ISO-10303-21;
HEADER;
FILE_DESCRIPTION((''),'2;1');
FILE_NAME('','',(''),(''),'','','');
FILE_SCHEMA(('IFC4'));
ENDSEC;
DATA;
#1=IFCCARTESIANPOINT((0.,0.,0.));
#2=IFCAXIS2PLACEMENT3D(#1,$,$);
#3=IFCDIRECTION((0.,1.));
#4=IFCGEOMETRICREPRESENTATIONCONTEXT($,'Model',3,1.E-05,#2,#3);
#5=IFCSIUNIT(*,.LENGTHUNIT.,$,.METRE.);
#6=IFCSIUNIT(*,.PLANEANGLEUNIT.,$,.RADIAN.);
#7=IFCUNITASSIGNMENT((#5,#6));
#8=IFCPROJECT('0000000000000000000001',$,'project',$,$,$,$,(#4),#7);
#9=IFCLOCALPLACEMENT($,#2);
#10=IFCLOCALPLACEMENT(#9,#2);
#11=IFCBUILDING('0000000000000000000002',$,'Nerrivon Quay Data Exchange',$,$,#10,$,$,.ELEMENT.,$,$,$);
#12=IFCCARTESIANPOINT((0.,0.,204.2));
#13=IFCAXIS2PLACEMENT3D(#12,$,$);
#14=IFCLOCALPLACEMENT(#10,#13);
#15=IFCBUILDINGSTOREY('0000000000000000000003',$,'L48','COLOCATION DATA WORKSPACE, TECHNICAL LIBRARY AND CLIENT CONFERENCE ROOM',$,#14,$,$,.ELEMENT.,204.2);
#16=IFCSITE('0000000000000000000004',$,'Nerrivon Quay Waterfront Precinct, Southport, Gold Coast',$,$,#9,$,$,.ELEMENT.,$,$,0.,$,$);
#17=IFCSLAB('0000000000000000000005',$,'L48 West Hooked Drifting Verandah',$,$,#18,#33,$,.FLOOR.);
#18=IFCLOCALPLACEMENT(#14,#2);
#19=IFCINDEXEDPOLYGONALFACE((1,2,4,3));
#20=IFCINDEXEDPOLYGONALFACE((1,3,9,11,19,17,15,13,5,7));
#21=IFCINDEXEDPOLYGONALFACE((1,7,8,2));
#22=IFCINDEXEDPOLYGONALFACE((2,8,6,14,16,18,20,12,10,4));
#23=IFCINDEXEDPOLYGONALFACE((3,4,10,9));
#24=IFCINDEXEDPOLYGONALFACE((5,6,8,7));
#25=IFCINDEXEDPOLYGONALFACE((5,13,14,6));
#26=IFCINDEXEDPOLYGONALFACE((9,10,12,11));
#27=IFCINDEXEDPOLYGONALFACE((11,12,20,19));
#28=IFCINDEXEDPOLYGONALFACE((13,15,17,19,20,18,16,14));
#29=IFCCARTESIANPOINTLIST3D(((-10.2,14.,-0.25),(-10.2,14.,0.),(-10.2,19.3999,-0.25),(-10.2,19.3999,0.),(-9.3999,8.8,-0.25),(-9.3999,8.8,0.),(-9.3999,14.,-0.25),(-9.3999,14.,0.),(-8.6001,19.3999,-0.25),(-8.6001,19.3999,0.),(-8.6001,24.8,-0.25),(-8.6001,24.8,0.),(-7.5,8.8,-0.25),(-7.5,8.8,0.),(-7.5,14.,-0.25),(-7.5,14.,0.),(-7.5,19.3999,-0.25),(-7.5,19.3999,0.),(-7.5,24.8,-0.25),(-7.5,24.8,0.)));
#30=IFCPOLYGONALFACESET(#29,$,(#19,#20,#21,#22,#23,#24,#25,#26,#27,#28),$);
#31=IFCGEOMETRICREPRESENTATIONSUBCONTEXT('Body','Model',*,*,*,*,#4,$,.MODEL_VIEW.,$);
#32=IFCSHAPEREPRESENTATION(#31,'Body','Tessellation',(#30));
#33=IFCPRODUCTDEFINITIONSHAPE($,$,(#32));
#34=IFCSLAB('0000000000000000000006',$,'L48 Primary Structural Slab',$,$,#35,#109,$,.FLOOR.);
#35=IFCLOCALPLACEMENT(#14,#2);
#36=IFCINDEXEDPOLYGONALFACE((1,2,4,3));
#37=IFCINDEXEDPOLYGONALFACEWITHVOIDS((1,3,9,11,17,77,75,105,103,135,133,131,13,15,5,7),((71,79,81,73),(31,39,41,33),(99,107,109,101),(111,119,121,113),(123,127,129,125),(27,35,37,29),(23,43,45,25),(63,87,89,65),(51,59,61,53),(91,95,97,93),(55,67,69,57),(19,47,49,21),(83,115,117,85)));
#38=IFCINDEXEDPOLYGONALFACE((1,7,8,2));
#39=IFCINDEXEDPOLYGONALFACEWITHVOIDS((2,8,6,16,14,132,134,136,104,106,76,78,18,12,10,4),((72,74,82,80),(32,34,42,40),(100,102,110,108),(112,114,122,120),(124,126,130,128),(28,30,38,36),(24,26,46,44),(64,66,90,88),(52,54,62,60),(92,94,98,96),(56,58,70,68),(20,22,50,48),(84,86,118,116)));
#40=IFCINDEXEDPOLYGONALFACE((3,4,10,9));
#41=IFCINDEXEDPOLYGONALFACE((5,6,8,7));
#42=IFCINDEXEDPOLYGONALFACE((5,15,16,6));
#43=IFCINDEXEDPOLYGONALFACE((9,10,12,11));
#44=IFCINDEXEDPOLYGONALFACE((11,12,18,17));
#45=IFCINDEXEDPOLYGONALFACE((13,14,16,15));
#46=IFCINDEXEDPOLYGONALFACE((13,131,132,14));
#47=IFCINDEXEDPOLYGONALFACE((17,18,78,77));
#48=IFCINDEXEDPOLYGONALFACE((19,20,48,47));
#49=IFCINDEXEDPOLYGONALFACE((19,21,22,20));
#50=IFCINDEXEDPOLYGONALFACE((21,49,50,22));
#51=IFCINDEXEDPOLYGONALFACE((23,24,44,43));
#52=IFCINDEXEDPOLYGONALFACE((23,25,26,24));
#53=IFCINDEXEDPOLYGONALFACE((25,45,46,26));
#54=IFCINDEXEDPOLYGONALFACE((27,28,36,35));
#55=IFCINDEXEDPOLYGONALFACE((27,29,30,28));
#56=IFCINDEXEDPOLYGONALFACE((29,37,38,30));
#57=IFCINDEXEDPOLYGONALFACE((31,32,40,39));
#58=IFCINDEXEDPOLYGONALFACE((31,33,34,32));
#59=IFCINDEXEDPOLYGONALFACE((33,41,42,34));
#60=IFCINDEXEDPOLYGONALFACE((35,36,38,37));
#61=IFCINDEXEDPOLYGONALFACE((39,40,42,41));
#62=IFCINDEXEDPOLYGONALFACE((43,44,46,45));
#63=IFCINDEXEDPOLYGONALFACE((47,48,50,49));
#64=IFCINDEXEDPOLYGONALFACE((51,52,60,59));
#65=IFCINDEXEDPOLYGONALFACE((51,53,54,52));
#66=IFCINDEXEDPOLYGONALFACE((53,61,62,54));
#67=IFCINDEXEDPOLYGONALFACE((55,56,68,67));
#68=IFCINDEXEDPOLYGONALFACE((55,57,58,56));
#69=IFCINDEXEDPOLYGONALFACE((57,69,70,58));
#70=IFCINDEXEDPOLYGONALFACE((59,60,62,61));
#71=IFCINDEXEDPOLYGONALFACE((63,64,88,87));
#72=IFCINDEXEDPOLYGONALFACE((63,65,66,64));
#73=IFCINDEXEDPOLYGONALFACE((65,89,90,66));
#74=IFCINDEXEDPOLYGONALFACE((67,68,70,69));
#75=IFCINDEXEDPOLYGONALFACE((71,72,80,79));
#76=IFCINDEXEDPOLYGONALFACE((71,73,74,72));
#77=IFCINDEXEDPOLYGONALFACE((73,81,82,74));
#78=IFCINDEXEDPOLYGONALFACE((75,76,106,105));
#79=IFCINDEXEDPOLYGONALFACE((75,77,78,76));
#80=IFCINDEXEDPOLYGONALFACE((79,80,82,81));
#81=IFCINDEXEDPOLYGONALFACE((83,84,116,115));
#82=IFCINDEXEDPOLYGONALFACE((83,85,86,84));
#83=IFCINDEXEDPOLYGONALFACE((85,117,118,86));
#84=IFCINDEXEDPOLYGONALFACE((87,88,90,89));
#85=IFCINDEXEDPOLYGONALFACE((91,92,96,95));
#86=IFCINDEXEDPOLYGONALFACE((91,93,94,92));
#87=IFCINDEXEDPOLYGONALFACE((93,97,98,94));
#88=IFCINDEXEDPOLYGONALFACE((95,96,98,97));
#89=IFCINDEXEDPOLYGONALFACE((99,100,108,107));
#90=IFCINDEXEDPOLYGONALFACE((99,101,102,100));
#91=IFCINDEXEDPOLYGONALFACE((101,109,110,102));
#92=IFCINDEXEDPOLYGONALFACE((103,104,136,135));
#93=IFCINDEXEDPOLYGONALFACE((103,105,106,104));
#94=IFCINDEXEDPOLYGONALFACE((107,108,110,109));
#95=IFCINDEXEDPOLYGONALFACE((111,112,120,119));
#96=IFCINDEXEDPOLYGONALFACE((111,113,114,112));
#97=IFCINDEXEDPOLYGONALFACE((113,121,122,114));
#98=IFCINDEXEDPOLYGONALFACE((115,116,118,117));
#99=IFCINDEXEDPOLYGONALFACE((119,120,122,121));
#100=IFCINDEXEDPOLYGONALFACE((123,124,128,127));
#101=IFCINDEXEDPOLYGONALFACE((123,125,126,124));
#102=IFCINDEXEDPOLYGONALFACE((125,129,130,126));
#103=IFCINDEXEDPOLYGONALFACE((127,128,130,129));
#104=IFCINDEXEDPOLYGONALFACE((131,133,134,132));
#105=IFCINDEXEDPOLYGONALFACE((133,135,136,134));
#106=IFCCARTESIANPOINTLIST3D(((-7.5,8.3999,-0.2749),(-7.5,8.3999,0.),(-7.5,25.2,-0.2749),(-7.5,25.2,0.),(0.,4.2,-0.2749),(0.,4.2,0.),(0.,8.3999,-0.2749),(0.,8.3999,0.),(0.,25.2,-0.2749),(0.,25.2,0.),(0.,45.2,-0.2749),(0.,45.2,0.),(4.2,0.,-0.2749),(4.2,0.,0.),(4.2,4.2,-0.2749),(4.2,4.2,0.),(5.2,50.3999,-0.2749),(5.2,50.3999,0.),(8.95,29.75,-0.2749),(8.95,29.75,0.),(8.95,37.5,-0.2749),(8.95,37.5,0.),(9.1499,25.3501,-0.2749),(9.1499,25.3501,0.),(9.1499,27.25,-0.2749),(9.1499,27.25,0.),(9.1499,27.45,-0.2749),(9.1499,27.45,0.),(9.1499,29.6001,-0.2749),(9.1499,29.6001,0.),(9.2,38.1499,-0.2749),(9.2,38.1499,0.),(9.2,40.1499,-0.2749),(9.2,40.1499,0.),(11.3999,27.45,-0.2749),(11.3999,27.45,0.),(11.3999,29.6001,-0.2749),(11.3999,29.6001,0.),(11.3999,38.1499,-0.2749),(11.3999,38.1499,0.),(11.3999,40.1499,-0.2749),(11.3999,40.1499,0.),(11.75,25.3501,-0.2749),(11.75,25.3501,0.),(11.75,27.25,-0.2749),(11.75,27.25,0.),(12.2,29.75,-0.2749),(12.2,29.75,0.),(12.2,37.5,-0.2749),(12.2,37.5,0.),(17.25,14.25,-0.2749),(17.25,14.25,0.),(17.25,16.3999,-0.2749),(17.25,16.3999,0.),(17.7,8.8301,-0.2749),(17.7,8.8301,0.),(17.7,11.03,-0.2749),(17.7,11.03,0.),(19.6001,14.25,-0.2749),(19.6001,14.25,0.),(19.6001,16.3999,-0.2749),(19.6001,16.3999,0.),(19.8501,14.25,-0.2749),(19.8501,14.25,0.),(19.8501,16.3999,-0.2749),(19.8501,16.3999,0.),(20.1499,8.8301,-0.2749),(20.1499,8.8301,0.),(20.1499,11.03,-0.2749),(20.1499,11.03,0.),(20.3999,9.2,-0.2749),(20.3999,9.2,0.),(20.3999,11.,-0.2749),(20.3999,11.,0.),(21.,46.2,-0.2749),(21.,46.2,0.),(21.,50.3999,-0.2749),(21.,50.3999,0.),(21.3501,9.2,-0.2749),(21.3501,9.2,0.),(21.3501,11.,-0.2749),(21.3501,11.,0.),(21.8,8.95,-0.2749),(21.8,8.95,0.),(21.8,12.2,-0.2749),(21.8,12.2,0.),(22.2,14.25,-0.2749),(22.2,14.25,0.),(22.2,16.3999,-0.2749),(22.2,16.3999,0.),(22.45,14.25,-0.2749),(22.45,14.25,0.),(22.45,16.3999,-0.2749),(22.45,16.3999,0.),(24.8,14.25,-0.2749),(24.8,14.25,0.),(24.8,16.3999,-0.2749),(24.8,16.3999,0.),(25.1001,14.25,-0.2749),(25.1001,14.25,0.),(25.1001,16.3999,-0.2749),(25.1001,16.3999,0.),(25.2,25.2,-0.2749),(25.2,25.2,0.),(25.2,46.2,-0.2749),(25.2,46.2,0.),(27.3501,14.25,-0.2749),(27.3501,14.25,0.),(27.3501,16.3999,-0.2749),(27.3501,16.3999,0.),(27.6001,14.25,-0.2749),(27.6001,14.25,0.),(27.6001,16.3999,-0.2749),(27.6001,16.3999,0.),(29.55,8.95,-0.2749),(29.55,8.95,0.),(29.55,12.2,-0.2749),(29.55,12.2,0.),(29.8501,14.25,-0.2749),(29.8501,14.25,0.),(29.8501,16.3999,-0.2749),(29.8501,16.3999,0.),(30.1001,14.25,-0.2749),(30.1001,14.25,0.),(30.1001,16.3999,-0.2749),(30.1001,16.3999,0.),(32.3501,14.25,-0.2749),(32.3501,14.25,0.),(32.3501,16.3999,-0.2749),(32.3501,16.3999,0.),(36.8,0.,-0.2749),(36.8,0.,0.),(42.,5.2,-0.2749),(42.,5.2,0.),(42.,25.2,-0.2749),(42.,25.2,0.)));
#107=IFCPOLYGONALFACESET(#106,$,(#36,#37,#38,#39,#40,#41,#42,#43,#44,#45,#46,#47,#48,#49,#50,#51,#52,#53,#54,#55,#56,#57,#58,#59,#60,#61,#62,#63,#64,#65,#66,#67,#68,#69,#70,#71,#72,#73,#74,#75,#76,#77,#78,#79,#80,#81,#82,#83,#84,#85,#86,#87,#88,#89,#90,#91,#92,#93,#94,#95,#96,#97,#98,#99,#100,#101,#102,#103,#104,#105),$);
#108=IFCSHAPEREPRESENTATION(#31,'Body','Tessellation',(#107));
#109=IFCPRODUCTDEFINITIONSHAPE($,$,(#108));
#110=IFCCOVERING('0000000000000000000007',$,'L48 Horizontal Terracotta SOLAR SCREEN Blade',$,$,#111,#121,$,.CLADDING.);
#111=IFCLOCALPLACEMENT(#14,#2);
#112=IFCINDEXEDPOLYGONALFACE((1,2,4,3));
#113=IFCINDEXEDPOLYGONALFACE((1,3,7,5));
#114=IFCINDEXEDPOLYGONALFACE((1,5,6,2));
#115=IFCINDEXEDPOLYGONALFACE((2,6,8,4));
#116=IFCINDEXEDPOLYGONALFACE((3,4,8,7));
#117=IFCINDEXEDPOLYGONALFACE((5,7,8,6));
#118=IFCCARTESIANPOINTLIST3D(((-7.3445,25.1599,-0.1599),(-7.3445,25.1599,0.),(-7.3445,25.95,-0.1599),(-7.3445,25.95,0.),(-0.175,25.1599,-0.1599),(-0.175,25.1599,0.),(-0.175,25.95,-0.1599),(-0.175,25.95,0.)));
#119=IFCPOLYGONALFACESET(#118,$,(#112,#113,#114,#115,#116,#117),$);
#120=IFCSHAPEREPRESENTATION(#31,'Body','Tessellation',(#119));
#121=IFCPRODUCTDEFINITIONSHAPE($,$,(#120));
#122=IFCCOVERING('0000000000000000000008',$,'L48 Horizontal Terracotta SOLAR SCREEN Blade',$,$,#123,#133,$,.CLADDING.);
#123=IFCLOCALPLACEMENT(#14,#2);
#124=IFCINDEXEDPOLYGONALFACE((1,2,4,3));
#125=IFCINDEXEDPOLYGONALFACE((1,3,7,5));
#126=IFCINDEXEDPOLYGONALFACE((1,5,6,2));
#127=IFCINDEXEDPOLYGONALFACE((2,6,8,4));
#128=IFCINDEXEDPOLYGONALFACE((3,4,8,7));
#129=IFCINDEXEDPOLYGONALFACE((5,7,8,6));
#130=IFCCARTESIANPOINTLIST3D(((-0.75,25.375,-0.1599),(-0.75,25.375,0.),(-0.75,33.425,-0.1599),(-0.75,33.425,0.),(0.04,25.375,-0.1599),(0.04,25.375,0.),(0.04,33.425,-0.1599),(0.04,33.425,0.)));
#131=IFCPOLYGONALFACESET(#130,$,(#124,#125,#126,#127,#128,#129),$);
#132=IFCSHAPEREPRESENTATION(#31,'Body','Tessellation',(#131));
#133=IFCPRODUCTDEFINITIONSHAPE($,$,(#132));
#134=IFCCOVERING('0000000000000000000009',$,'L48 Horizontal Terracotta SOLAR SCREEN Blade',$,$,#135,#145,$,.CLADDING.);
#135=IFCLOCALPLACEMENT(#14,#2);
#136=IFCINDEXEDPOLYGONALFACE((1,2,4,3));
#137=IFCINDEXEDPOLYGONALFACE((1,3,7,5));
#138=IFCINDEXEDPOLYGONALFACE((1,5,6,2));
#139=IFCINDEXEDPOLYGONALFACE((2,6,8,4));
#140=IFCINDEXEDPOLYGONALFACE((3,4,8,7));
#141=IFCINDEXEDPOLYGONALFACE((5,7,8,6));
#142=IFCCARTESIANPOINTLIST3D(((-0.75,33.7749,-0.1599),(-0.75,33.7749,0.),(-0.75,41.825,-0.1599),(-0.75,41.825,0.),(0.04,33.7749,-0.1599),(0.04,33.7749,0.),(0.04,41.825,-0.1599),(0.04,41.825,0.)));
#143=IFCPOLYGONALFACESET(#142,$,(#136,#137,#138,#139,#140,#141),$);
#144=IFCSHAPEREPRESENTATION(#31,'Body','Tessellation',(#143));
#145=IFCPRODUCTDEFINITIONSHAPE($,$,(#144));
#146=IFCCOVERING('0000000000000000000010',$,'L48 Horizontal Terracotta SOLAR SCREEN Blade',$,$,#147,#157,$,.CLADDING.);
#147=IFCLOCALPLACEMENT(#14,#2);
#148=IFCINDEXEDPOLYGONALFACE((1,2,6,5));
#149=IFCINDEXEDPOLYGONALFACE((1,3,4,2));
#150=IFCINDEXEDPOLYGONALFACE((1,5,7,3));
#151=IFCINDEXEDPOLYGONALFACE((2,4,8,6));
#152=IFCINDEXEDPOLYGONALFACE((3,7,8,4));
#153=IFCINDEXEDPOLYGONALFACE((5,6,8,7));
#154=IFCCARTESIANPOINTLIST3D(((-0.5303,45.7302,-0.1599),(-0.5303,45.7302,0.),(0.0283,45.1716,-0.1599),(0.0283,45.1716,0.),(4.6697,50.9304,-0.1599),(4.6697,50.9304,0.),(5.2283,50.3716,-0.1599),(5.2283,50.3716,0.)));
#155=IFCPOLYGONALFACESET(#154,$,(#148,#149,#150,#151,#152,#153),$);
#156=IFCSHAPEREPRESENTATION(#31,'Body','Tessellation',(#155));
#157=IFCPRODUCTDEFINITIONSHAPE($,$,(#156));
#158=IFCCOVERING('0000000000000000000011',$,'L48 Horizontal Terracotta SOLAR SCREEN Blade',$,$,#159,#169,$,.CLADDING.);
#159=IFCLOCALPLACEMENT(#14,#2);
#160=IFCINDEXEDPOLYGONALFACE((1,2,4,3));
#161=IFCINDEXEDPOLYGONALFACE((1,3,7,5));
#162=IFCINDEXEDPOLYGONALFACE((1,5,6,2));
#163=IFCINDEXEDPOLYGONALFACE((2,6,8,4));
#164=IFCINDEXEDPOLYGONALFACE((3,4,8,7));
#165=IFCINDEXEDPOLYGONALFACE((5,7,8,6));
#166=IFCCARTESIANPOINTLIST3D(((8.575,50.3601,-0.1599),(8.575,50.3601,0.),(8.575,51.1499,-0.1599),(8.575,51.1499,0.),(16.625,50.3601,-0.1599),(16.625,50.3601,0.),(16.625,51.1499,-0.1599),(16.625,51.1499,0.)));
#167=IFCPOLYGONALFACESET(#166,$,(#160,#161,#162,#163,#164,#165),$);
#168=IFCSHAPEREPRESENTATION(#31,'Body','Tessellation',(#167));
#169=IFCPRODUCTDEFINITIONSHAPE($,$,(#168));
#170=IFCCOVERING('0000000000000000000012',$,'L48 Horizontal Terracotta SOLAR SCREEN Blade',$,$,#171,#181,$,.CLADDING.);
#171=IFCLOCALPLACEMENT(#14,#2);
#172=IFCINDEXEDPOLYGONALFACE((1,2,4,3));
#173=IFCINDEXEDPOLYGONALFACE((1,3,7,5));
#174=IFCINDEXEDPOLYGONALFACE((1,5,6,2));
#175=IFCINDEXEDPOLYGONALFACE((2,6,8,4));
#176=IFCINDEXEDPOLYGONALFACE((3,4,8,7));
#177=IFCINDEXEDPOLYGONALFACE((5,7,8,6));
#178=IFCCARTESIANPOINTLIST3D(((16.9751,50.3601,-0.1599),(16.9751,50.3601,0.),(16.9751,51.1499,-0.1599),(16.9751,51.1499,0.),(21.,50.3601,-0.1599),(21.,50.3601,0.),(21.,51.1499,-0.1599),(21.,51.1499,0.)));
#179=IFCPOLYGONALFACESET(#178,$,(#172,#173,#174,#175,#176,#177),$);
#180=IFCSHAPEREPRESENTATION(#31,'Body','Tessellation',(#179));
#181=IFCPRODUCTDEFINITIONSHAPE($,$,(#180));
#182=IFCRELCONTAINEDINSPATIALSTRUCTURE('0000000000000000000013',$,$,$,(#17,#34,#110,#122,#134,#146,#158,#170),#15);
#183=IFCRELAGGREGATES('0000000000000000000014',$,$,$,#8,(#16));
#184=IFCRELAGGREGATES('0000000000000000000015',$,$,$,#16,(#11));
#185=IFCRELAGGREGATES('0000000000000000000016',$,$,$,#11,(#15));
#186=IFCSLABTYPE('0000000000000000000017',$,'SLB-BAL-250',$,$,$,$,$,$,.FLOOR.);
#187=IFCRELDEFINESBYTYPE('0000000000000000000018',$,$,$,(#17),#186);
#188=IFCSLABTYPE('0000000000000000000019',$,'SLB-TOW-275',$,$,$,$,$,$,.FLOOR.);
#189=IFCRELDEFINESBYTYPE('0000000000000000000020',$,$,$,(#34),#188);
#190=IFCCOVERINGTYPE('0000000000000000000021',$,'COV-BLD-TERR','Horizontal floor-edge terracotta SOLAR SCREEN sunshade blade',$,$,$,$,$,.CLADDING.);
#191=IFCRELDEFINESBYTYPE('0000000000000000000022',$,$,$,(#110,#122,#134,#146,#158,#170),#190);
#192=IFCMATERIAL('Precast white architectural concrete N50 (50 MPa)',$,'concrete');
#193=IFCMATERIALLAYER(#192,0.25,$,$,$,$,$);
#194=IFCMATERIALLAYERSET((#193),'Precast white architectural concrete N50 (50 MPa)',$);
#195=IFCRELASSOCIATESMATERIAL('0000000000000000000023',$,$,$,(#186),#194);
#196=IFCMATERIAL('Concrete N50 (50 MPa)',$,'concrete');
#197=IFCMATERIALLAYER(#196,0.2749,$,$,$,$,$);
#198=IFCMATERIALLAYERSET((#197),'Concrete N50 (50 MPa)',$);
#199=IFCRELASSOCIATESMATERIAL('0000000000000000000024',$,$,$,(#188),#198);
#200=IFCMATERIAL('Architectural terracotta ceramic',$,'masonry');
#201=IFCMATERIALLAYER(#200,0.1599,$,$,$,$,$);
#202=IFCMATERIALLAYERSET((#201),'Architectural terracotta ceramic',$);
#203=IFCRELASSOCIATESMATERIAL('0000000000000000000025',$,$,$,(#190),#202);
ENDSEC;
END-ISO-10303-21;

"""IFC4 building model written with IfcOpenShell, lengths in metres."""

from ifc_helpers import new_model, si_unit, direction, frame, origin, place, context, subcontext, project, spatial, polyline, outline, extrude, material, layer, layer_set, type_object, element, save


model = new_model("IFC4")

# Units and contexts
model_context = context("Model", 3, precision=1e-05, world=origin(), true_north=direction((0.0, 1.0)))
body_context = subcontext(model_context, "Body", "Model", "MODEL_VIEW")
ifc_project = project(units=[si_unit("LENGTHUNIT", "METRE"), si_unit("PLANEANGLEUNIT", "RADIAN")], contexts=[model_context])

# Site, building, storey
site_placement = place(None, origin())
site = spatial("IfcSite", under=ifc_project, at=site_placement, Name="Nerrivon Quay Waterfront Precinct, Southport, Gold Coast", CompositionType="ELEMENT", RefElevation=0.0)
building_placement = place(site_placement, origin())
building = spatial("IfcBuilding", under=site, at=building_placement, Name="Nerrivon Quay Data Exchange", CompositionType="ELEMENT")
storey_placement = place(building_placement, frame((0.0, 0.0, 204.2)))
storey = spatial("IfcBuildingStorey", under=building, at=storey_placement, Name="L48", Description="COLOCATION DATA WORKSPACE, TECHNICAL LIBRARY AND CLIENT CONFERENCE ROOM", CompositionType="ELEMENT", Elevation=204.2)

# Slabs
ifc_material_1 = material(Name="Precast white architectural concrete N50 (50 MPa)", Category="concrete")
ifc_layer_1 = layer(ifc_material_1, 0.25)
ifc_layer_set_1 = layer_set([ifc_layer_1], Name="Precast white architectural concrete N50 (50 MPa)")
slab_type_1 = type_object("IfcSlabType", Name="SLB-BAL-250", PredefinedType="FLOOR", material=ifc_layer_set_1)
slab_1_placement = place(storey_placement, frame((0.0, 0.0, -0.25)))
element("IfcSlab", 1, at=slab_1_placement, inside=storey, type_object=slab_type_1, Name="L48 West Hooked Drifting Verandah", PredefinedType="FLOOR", context=body_context, shape_type="SweptSolid", body=[
    extrude(outline(polyline([(-7.5, 14.0), (-7.5, 19.3999), (-7.5, 24.8), (-8.6001, 24.8), (-8.6001, 19.3999), (-10.2, 19.3999), (-10.2, 14.0), (-9.3999, 14.0), (-9.3999, 8.8), (-7.5, 8.8), (-7.5, 14.0)])), origin(), (0.0, 0.0, 1.0), 0.25),
])
ifc_material_2 = material(Name="Concrete N50 (50 MPa)", Category="concrete")
ifc_layer_2 = layer(ifc_material_2, 0.2749)
ifc_layer_set_2 = layer_set([ifc_layer_2], Name="Concrete N50 (50 MPa)")
slab_type_2 = type_object("IfcSlabType", Name="SLB-TOW-275", PredefinedType="FLOOR", material=ifc_layer_set_2)
slab_2_placement = place(storey_placement, frame((0.0, 0.0, -0.2749)))
element("IfcSlab", 2, at=slab_2_placement, inside=storey, type_object=slab_type_2, Name="L48 Primary Structural Slab", PredefinedType="FLOOR", context=body_context, shape_type="SweptSolid", body=[
    extrude(outline(polyline([(0.0, 8.3999), (0.0, 4.2), (4.2, 4.2), (4.2, 0.0), (36.8, 0.0), (42.0, 5.2), (42.0, 25.2), (25.2, 25.2), (25.2, 46.2), (21.0, 46.2), (21.0, 50.3999), (5.2, 50.3999), (0.0, 45.2), (0.0, 25.2), (-7.5, 25.2), (-7.5, 8.3999), (0.0, 8.3999)]), holes=[polyline([(8.95, 29.75), (8.95, 37.5), (12.2, 37.5), (12.2, 29.75), (8.95, 29.75)]), polyline([(21.8, 12.2), (29.55, 12.2), (29.55, 8.95), (21.8, 8.95), (21.8, 12.2)]), polyline([(30.1001, 16.3999), (32.3501, 16.3999), (32.3501, 14.25), (30.1001, 14.25), (30.1001, 16.3999)]), polyline([(27.6001, 16.3999), (29.8501, 16.3999), (29.8501, 14.25), (27.6001, 14.25), (27.6001, 16.3999)]), polyline([(25.1001, 14.25), (25.1001, 16.3999), (27.3501, 16.3999), (27.3501, 14.25), (25.1001, 14.25)]), polyline([(22.45, 16.3999), (24.8, 16.3999), (24.8, 14.25), (22.45, 14.25), (22.45, 16.3999)]), polyline([(19.8501, 16.3999), (22.2, 16.3999), (22.2, 14.25), (19.8501, 14.25), (19.8501, 16.3999)]), polyline([(20.3999, 9.2), (20.3999, 11.0), (21.3501, 11.0), (21.3501, 9.2), (20.3999, 9.2)]), polyline([(17.7, 8.8301), (17.7, 11.03), (20.1499, 11.03), (20.1499, 8.8301), (17.7, 8.8301)]), polyline([(17.25, 14.25), (17.25, 16.3999), (19.6001, 16.3999), (19.6001, 14.25), (17.25, 14.25)]), polyline([(9.1499, 27.25), (11.75, 27.25), (11.75, 25.3501), (9.1499, 25.3501), (9.1499, 27.25)]), polyline([(9.1499, 29.6001), (11.3999, 29.6001), (11.3999, 27.45), (9.1499, 27.45), (9.1499, 29.6001)]), polyline([(9.2, 38.1499), (9.2, 40.1499), (11.3999, 40.1499), (11.3999, 38.1499), (9.2, 38.1499)])]), origin(), (0.0, 0.0, 1.0), 0.2749),
])

# Coverings
ifc_material_3 = material(Name="Architectural terracotta ceramic", Category="masonry")
ifc_layer_3 = layer(ifc_material_3, 0.1599)
ifc_layer_set_3 = layer_set([ifc_layer_3], Name="Architectural terracotta ceramic")
covering_type = type_object("IfcCoveringType", Name="COV-BLD-TERR", Description="Horizontal floor-edge terracotta SOLAR SCREEN sunshade blade", PredefinedType="CLADDING", material=ifc_layer_set_3)
covering_1_placement = place(storey_placement, frame((0.0, 0.0, -0.1599)))
element("IfcCovering", 3, at=covering_1_placement, inside=storey, type_object=covering_type, Name="L48 Horizontal Terracotta SOLAR SCREEN Blade", PredefinedType="CLADDING", context=body_context, shape_type="SweptSolid", body=[
    extrude(outline(polyline([(-7.3445, 25.1599), (-0.175, 25.1599), (-0.175, 25.95), (-7.3445, 25.95), (-7.3445, 25.1599)])), origin(), (0.0, 0.0, 1.0), 0.1599),
])
covering_2_placement = place(storey_placement, frame((0.0, 0.0, -0.1599)))
element("IfcCovering", 4, at=covering_2_placement, inside=storey, type_object=covering_type, Name="L48 Horizontal Terracotta SOLAR SCREEN Blade", PredefinedType="CLADDING", context=body_context, shape_type="SweptSolid", body=[
    extrude(outline(polyline([(0.04, 25.375), (0.04, 33.425), (-0.75, 33.425), (-0.75, 25.375), (0.04, 25.375)])), origin(), (0.0, 0.0, 1.0), 0.1599),
])
covering_3_placement = place(storey_placement, frame((0.0, 0.0, -0.1599)))
element("IfcCovering", 5, at=covering_3_placement, inside=storey, type_object=covering_type, Name="L48 Horizontal Terracotta SOLAR SCREEN Blade", PredefinedType="CLADDING", context=body_context, shape_type="SweptSolid", body=[
    extrude(outline(polyline([(0.04, 33.7749), (0.04, 41.825), (-0.75, 41.825), (-0.75, 33.7749), (0.04, 33.7749)])), origin(), (0.0, 0.0, 1.0), 0.1599),
])
covering_4_placement = place(storey_placement, frame((0.0, 0.0, -0.1599)))
element("IfcCovering", 6, at=covering_4_placement, inside=storey, type_object=covering_type, Name="L48 Horizontal Terracotta SOLAR SCREEN Blade", PredefinedType="CLADDING", context=body_context, shape_type="SweptSolid", body=[
    extrude(outline(polyline([(0.0283, 45.1716), (5.2283, 50.3716), (4.6697, 50.9304), (-0.5303, 45.7302), (0.0283, 45.1716)])), origin(), (0.0, 0.0, 1.0), 0.1599),
])
covering_5_placement = place(storey_placement, frame((0.0, 0.0, -0.1599)))
element("IfcCovering", 7, at=covering_5_placement, inside=storey, type_object=covering_type, Name="L48 Horizontal Terracotta SOLAR SCREEN Blade", PredefinedType="CLADDING", context=body_context, shape_type="SweptSolid", body=[
    extrude(outline(polyline([(8.575, 50.3601), (16.625, 50.3601), (16.625, 51.1499), (8.575, 51.1499), (8.575, 50.3601)])), origin(), (0.0, 0.0, 1.0), 0.1599),
])
covering_6_placement = place(storey_placement, frame((0.0, 0.0, -0.1599)))
element("IfcCovering", 8, at=covering_6_placement, inside=storey, type_object=covering_type, Name="L48 Horizontal Terracotta SOLAR SCREEN Blade", PredefinedType="CLADDING", context=body_context, shape_type="SweptSolid", body=[
    extrude(outline(polyline([(16.9751, 50.3601), (21.0, 50.3601), (21.0, 51.1499), (16.9751, 51.1499), (16.9751, 50.3601)])), origin(), (0.0, 0.0, 1.0), 0.1599),
])

save(model, "model.ifc")
